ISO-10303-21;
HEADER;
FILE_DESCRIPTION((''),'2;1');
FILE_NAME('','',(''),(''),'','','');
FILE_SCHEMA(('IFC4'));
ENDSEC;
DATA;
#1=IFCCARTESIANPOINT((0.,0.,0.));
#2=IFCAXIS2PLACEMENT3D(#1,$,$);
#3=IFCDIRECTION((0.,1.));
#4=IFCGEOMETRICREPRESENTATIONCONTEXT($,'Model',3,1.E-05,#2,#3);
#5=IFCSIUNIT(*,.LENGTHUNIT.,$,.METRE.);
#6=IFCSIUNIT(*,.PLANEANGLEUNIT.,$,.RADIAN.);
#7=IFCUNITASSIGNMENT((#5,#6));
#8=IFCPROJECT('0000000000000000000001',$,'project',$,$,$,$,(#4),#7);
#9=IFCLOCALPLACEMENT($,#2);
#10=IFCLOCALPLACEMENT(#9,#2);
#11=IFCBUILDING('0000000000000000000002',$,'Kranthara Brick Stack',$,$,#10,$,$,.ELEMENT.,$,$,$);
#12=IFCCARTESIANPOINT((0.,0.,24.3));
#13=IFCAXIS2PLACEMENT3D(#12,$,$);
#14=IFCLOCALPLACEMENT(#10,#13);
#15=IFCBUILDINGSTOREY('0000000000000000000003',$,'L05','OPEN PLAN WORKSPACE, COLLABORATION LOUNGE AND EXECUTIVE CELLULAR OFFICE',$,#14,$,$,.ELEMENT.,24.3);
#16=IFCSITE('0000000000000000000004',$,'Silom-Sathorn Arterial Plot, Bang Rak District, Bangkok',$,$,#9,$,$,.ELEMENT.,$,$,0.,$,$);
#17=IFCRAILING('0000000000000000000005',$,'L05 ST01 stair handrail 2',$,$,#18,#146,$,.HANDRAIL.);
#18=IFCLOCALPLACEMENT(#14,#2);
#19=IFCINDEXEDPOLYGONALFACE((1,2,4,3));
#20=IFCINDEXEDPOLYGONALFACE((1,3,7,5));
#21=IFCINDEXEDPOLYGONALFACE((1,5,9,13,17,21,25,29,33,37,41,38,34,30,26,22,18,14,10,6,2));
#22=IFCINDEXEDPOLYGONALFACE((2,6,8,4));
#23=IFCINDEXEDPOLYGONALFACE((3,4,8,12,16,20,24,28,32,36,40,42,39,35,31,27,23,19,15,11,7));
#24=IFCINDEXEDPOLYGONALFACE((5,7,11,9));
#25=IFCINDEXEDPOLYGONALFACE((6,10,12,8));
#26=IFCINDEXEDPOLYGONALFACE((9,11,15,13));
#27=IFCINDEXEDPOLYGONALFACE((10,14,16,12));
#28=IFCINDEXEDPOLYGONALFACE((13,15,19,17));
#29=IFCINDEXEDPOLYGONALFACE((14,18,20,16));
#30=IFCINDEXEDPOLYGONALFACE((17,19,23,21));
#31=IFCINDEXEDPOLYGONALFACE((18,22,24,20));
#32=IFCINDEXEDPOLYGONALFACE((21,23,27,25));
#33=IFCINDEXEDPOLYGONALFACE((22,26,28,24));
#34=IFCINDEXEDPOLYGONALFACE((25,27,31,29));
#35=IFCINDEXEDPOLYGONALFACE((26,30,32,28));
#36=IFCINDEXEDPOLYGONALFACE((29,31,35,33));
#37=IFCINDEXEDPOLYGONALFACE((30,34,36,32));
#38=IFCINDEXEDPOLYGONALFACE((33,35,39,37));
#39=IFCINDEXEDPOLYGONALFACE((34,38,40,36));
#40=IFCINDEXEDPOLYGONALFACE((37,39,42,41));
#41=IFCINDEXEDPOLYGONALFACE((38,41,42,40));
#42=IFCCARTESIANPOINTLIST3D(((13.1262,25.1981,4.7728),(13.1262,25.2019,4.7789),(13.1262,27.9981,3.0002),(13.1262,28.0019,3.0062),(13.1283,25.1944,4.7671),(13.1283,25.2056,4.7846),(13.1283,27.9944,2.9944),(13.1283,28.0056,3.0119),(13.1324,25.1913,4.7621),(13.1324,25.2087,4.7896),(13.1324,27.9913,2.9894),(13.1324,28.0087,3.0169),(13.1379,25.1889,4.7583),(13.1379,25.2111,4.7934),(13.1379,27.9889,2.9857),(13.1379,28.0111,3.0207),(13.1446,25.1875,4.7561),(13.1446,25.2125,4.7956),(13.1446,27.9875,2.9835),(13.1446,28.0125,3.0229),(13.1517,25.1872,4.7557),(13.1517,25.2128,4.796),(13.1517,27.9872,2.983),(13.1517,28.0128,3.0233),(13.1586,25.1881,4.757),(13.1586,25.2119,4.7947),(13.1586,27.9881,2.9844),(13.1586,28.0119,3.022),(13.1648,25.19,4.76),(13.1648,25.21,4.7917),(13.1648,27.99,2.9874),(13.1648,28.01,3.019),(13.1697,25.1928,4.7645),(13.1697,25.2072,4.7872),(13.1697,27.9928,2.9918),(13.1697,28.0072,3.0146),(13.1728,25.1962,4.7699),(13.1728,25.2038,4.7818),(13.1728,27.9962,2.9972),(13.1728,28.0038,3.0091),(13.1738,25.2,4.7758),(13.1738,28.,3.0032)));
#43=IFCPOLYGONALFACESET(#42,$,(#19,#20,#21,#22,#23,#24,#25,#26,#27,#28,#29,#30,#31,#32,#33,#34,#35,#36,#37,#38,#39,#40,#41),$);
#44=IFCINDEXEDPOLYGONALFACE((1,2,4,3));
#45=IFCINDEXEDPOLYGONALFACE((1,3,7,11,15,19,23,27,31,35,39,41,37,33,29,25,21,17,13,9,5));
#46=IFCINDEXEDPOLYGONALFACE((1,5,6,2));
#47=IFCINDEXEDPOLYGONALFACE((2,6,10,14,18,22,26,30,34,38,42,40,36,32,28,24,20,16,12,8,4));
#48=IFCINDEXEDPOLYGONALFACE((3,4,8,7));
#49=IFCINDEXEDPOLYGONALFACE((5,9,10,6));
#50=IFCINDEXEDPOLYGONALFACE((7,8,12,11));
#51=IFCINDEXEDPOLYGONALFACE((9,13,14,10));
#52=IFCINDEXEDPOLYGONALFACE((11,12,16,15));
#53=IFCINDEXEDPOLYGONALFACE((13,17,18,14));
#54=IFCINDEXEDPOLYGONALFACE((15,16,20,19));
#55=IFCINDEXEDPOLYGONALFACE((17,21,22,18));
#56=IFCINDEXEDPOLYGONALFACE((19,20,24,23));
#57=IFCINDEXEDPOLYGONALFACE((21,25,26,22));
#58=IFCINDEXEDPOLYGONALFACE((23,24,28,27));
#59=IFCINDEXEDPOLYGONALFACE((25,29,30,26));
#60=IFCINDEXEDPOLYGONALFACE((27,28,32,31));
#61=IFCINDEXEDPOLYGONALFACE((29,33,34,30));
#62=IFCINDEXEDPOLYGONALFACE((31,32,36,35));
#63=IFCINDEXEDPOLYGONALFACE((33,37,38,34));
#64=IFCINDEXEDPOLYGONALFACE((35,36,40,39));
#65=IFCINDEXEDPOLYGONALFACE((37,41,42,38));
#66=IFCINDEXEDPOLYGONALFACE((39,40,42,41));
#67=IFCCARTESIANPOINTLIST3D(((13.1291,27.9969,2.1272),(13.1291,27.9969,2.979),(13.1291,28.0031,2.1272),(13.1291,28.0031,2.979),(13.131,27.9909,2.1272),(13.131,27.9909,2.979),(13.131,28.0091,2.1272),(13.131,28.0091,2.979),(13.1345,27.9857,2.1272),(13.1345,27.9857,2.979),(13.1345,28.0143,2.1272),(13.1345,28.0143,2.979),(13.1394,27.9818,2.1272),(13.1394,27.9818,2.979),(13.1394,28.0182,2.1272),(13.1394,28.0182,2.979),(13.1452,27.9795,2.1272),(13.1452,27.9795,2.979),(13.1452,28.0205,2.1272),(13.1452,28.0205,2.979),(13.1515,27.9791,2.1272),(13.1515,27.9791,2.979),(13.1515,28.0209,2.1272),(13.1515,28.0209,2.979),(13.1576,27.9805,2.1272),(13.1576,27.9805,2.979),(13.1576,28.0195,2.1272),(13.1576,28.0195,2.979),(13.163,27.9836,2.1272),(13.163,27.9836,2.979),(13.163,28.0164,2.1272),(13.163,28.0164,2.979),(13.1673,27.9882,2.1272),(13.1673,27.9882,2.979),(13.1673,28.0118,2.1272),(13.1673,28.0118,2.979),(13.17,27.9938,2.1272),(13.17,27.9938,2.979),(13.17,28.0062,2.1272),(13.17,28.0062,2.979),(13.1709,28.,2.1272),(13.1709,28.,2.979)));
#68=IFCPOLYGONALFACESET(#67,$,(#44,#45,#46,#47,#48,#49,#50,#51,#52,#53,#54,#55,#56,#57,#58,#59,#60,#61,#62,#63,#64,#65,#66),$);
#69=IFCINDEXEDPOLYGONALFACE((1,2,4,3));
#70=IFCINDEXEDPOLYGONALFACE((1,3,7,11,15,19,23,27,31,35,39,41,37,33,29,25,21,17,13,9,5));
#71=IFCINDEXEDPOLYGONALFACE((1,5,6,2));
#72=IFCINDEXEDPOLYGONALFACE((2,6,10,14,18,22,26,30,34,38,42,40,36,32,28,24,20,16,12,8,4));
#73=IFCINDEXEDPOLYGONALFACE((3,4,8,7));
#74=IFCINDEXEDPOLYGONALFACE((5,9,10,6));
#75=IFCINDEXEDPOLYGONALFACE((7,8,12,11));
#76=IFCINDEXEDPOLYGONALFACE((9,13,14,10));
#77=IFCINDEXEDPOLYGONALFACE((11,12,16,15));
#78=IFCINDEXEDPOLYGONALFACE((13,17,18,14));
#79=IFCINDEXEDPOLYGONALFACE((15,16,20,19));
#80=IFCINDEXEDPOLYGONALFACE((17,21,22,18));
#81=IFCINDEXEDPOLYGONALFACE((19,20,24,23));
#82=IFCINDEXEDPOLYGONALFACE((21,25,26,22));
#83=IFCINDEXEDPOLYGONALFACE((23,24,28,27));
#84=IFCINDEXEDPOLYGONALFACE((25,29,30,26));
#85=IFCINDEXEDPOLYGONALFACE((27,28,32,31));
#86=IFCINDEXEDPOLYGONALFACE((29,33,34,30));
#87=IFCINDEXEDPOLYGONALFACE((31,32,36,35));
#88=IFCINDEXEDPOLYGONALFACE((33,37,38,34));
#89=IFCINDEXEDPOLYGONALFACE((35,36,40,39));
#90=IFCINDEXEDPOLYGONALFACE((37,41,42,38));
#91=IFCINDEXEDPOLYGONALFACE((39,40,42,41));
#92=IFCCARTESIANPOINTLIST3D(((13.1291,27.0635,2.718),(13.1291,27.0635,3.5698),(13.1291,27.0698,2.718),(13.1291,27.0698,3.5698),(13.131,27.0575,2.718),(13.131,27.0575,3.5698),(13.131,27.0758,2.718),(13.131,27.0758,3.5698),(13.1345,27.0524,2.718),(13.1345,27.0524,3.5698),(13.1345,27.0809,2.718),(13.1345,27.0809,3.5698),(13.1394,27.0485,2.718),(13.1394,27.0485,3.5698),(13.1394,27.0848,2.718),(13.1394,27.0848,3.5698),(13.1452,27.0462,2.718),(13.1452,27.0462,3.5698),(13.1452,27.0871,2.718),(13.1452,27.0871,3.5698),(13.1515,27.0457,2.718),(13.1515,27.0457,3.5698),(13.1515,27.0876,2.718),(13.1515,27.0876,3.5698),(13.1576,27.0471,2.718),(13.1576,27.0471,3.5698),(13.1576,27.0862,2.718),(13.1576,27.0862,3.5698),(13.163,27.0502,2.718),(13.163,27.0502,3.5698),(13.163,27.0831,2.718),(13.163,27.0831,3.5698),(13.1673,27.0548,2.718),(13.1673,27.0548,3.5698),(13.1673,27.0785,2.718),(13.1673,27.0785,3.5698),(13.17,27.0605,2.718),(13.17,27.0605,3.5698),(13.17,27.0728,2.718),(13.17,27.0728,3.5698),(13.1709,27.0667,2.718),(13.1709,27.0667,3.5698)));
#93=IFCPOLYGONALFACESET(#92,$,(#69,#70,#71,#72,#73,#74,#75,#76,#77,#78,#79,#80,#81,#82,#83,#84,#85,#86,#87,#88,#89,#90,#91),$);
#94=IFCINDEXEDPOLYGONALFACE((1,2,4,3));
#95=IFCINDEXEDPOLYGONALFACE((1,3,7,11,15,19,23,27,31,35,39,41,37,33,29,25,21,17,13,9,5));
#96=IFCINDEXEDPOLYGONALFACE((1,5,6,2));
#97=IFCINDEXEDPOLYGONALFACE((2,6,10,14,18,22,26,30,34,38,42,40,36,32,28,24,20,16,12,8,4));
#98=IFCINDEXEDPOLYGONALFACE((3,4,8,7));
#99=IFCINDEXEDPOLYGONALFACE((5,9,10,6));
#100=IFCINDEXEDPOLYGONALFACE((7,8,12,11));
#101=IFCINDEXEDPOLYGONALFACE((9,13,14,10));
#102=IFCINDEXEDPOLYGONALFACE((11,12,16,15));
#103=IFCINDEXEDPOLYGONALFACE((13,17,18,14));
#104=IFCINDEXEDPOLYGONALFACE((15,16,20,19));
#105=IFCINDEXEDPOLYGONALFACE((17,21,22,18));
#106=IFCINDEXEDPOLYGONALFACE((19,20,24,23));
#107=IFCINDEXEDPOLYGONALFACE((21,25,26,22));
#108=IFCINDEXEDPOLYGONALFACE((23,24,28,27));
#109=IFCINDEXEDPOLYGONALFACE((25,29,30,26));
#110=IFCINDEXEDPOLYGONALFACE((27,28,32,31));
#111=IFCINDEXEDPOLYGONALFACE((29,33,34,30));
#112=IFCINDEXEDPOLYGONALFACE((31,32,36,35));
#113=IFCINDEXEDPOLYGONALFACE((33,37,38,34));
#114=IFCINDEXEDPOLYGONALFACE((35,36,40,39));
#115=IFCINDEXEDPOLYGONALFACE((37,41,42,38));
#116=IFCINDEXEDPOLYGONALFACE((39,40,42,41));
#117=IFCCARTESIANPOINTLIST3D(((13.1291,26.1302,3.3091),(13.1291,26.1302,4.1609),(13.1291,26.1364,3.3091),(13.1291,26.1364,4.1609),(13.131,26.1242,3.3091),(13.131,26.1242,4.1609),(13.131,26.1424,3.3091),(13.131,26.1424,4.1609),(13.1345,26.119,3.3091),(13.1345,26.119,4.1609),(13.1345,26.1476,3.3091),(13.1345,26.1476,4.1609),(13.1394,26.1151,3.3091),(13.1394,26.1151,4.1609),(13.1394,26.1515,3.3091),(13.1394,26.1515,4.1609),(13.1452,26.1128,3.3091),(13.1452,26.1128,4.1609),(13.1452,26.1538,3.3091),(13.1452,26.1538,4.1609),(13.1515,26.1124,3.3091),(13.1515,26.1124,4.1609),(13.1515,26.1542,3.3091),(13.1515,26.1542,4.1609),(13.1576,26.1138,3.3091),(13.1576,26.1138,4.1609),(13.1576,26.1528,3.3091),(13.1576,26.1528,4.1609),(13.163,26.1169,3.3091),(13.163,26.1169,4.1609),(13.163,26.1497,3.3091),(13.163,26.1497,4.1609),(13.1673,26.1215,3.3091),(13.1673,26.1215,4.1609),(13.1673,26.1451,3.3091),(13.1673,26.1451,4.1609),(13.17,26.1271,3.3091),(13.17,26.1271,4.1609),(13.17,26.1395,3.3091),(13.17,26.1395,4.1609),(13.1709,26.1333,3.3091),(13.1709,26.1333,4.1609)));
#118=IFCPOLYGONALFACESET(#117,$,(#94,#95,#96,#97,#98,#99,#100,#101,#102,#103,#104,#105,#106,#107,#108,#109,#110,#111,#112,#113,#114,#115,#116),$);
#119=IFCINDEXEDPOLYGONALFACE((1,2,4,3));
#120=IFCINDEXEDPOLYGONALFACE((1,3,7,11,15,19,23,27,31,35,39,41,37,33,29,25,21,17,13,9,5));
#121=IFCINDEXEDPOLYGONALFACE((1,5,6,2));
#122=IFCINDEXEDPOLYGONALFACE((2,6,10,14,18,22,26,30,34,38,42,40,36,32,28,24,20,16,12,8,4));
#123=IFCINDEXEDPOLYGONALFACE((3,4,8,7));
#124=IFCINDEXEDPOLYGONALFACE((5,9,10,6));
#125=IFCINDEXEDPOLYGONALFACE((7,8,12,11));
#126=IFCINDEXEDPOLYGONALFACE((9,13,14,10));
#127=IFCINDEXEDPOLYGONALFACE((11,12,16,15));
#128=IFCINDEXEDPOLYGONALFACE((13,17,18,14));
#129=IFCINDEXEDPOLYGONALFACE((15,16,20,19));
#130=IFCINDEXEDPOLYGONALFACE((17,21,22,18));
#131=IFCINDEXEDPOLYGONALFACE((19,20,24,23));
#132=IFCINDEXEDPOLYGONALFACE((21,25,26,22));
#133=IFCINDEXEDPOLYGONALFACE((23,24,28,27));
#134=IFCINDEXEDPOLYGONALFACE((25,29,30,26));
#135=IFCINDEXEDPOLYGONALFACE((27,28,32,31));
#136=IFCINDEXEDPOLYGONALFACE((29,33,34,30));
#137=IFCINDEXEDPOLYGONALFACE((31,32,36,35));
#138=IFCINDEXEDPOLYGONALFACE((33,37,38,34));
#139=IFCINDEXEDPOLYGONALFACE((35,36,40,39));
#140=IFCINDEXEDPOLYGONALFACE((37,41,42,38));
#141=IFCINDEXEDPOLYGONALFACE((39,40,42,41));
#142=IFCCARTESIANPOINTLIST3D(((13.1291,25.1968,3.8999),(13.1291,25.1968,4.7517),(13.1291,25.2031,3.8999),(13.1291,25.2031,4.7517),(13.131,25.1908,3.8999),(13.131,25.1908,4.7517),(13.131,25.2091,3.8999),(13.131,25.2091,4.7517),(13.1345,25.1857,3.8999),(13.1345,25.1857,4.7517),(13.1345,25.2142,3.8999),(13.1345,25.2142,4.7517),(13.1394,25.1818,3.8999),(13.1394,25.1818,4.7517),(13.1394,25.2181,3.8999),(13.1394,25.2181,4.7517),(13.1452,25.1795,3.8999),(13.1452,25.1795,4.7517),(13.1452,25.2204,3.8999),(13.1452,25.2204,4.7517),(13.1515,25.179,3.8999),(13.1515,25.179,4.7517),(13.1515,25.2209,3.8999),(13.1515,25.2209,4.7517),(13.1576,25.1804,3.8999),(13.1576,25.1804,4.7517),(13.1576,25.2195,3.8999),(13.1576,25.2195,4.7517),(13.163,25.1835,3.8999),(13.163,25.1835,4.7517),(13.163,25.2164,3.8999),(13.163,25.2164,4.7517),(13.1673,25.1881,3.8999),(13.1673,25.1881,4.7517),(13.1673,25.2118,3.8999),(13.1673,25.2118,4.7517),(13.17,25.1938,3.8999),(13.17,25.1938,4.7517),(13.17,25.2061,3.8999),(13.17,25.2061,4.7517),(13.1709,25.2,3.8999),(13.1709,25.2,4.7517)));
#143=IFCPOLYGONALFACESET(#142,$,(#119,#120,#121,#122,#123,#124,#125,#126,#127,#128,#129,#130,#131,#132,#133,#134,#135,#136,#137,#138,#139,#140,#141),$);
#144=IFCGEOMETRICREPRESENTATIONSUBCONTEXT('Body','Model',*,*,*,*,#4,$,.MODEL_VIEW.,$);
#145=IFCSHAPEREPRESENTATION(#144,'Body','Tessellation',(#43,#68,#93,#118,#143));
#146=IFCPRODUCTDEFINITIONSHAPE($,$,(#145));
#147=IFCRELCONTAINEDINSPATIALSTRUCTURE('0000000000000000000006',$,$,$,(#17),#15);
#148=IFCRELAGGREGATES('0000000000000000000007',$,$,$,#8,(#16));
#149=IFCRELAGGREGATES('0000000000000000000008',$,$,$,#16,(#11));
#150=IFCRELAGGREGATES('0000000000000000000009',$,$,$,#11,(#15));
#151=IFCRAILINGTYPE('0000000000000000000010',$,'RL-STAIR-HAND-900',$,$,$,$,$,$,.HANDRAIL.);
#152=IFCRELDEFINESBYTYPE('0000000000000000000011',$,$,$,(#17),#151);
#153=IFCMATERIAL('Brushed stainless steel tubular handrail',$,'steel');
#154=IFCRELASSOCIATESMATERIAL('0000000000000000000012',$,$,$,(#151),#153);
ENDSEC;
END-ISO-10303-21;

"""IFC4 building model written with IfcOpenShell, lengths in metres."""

from ifc_helpers import new_model, si_unit, direction, frame, origin, origin_2d, place, context, subcontext, project, spatial, circle, extrude, material, type_object, element, save


model = new_model("IFC4")

# Units and contexts
model_context = context("Model", 3, precision=1e-05, world=origin(), true_north=direction((0.0, 1.0)))
body_context = subcontext(model_context, "Body", "Model", "MODEL_VIEW")
ifc_project = project(units=[si_unit("LENGTHUNIT", "METRE"), si_unit("PLANEANGLEUNIT", "RADIAN")], contexts=[model_context])

# Site, building, storey
site_placement = place(None, origin())
site = spatial("IfcSite", under=ifc_project, at=site_placement, Name="Silom-Sathorn Arterial Plot, Bang Rak District, Bangkok", CompositionType="ELEMENT", RefElevation=0.0)
building_placement = place(site_placement, origin())
building = spatial("IfcBuilding", under=site, at=building_placement, Name="Kranthara Brick Stack", CompositionType="ELEMENT")
storey_placement = place(building_placement, frame((0.0, 0.0, 24.3)))
storey = spatial("IfcBuildingStorey", under=building, at=storey_placement, Name="L05", Description="OPEN PLAN WORKSPACE, COLLABORATION LOUNGE AND EXECUTIVE CELLULAR OFFICE", CompositionType="ELEMENT", Elevation=24.3)

# Railing
ifc_material_1 = material(Name="Brushed stainless steel tubular handrail", Category="steel")
railing_type_1 = type_object("IfcRailingType", Name="RL-STAIR-HAND-900", PredefinedType="HANDRAIL", material=ifc_material_1)
railing_1_placement = place(storey_placement, frame((13.1499, 28.0, 2.1272)))
element("IfcRailing", 1, at=railing_1_placement, inside=storey, type_object=railing_type_1, Name="L05 ST01 stair handrail 2", PredefinedType="HANDRAIL", context=body_context, shape_type="SweptSolid", body=[
    extrude(circle(Radius=0.0239, at=origin_2d()), frame((0.0, 0.0, 0.876), z_axis=(0.0, -0.844909, 0.53491), x_axis=(1.0, 0.0, 0.0)), (0.0, 0.0, 1.0), 3.314),
    extrude(circle(Radius=0.021, at=origin_2d()), origin(), (0.0, 0.0, 1.0), 0.8518),
    extrude(circle(Radius=0.021, at=origin_2d()), frame((0.0, -0.9333, 0.5908)), (0.0, 0.0, 1.0), 0.8518),
    extrude(circle(Radius=0.021, at=origin_2d()), frame((0.0, -1.8667, 1.1819)), (0.0, 0.0, 1.0), 0.8518),
    extrude(circle(Radius=0.021, at=origin_2d()), frame((0.0, -2.8, 1.7727)), (0.0, 0.0, 1.0), 0.8518),
])

save(model, "model.ifc")
